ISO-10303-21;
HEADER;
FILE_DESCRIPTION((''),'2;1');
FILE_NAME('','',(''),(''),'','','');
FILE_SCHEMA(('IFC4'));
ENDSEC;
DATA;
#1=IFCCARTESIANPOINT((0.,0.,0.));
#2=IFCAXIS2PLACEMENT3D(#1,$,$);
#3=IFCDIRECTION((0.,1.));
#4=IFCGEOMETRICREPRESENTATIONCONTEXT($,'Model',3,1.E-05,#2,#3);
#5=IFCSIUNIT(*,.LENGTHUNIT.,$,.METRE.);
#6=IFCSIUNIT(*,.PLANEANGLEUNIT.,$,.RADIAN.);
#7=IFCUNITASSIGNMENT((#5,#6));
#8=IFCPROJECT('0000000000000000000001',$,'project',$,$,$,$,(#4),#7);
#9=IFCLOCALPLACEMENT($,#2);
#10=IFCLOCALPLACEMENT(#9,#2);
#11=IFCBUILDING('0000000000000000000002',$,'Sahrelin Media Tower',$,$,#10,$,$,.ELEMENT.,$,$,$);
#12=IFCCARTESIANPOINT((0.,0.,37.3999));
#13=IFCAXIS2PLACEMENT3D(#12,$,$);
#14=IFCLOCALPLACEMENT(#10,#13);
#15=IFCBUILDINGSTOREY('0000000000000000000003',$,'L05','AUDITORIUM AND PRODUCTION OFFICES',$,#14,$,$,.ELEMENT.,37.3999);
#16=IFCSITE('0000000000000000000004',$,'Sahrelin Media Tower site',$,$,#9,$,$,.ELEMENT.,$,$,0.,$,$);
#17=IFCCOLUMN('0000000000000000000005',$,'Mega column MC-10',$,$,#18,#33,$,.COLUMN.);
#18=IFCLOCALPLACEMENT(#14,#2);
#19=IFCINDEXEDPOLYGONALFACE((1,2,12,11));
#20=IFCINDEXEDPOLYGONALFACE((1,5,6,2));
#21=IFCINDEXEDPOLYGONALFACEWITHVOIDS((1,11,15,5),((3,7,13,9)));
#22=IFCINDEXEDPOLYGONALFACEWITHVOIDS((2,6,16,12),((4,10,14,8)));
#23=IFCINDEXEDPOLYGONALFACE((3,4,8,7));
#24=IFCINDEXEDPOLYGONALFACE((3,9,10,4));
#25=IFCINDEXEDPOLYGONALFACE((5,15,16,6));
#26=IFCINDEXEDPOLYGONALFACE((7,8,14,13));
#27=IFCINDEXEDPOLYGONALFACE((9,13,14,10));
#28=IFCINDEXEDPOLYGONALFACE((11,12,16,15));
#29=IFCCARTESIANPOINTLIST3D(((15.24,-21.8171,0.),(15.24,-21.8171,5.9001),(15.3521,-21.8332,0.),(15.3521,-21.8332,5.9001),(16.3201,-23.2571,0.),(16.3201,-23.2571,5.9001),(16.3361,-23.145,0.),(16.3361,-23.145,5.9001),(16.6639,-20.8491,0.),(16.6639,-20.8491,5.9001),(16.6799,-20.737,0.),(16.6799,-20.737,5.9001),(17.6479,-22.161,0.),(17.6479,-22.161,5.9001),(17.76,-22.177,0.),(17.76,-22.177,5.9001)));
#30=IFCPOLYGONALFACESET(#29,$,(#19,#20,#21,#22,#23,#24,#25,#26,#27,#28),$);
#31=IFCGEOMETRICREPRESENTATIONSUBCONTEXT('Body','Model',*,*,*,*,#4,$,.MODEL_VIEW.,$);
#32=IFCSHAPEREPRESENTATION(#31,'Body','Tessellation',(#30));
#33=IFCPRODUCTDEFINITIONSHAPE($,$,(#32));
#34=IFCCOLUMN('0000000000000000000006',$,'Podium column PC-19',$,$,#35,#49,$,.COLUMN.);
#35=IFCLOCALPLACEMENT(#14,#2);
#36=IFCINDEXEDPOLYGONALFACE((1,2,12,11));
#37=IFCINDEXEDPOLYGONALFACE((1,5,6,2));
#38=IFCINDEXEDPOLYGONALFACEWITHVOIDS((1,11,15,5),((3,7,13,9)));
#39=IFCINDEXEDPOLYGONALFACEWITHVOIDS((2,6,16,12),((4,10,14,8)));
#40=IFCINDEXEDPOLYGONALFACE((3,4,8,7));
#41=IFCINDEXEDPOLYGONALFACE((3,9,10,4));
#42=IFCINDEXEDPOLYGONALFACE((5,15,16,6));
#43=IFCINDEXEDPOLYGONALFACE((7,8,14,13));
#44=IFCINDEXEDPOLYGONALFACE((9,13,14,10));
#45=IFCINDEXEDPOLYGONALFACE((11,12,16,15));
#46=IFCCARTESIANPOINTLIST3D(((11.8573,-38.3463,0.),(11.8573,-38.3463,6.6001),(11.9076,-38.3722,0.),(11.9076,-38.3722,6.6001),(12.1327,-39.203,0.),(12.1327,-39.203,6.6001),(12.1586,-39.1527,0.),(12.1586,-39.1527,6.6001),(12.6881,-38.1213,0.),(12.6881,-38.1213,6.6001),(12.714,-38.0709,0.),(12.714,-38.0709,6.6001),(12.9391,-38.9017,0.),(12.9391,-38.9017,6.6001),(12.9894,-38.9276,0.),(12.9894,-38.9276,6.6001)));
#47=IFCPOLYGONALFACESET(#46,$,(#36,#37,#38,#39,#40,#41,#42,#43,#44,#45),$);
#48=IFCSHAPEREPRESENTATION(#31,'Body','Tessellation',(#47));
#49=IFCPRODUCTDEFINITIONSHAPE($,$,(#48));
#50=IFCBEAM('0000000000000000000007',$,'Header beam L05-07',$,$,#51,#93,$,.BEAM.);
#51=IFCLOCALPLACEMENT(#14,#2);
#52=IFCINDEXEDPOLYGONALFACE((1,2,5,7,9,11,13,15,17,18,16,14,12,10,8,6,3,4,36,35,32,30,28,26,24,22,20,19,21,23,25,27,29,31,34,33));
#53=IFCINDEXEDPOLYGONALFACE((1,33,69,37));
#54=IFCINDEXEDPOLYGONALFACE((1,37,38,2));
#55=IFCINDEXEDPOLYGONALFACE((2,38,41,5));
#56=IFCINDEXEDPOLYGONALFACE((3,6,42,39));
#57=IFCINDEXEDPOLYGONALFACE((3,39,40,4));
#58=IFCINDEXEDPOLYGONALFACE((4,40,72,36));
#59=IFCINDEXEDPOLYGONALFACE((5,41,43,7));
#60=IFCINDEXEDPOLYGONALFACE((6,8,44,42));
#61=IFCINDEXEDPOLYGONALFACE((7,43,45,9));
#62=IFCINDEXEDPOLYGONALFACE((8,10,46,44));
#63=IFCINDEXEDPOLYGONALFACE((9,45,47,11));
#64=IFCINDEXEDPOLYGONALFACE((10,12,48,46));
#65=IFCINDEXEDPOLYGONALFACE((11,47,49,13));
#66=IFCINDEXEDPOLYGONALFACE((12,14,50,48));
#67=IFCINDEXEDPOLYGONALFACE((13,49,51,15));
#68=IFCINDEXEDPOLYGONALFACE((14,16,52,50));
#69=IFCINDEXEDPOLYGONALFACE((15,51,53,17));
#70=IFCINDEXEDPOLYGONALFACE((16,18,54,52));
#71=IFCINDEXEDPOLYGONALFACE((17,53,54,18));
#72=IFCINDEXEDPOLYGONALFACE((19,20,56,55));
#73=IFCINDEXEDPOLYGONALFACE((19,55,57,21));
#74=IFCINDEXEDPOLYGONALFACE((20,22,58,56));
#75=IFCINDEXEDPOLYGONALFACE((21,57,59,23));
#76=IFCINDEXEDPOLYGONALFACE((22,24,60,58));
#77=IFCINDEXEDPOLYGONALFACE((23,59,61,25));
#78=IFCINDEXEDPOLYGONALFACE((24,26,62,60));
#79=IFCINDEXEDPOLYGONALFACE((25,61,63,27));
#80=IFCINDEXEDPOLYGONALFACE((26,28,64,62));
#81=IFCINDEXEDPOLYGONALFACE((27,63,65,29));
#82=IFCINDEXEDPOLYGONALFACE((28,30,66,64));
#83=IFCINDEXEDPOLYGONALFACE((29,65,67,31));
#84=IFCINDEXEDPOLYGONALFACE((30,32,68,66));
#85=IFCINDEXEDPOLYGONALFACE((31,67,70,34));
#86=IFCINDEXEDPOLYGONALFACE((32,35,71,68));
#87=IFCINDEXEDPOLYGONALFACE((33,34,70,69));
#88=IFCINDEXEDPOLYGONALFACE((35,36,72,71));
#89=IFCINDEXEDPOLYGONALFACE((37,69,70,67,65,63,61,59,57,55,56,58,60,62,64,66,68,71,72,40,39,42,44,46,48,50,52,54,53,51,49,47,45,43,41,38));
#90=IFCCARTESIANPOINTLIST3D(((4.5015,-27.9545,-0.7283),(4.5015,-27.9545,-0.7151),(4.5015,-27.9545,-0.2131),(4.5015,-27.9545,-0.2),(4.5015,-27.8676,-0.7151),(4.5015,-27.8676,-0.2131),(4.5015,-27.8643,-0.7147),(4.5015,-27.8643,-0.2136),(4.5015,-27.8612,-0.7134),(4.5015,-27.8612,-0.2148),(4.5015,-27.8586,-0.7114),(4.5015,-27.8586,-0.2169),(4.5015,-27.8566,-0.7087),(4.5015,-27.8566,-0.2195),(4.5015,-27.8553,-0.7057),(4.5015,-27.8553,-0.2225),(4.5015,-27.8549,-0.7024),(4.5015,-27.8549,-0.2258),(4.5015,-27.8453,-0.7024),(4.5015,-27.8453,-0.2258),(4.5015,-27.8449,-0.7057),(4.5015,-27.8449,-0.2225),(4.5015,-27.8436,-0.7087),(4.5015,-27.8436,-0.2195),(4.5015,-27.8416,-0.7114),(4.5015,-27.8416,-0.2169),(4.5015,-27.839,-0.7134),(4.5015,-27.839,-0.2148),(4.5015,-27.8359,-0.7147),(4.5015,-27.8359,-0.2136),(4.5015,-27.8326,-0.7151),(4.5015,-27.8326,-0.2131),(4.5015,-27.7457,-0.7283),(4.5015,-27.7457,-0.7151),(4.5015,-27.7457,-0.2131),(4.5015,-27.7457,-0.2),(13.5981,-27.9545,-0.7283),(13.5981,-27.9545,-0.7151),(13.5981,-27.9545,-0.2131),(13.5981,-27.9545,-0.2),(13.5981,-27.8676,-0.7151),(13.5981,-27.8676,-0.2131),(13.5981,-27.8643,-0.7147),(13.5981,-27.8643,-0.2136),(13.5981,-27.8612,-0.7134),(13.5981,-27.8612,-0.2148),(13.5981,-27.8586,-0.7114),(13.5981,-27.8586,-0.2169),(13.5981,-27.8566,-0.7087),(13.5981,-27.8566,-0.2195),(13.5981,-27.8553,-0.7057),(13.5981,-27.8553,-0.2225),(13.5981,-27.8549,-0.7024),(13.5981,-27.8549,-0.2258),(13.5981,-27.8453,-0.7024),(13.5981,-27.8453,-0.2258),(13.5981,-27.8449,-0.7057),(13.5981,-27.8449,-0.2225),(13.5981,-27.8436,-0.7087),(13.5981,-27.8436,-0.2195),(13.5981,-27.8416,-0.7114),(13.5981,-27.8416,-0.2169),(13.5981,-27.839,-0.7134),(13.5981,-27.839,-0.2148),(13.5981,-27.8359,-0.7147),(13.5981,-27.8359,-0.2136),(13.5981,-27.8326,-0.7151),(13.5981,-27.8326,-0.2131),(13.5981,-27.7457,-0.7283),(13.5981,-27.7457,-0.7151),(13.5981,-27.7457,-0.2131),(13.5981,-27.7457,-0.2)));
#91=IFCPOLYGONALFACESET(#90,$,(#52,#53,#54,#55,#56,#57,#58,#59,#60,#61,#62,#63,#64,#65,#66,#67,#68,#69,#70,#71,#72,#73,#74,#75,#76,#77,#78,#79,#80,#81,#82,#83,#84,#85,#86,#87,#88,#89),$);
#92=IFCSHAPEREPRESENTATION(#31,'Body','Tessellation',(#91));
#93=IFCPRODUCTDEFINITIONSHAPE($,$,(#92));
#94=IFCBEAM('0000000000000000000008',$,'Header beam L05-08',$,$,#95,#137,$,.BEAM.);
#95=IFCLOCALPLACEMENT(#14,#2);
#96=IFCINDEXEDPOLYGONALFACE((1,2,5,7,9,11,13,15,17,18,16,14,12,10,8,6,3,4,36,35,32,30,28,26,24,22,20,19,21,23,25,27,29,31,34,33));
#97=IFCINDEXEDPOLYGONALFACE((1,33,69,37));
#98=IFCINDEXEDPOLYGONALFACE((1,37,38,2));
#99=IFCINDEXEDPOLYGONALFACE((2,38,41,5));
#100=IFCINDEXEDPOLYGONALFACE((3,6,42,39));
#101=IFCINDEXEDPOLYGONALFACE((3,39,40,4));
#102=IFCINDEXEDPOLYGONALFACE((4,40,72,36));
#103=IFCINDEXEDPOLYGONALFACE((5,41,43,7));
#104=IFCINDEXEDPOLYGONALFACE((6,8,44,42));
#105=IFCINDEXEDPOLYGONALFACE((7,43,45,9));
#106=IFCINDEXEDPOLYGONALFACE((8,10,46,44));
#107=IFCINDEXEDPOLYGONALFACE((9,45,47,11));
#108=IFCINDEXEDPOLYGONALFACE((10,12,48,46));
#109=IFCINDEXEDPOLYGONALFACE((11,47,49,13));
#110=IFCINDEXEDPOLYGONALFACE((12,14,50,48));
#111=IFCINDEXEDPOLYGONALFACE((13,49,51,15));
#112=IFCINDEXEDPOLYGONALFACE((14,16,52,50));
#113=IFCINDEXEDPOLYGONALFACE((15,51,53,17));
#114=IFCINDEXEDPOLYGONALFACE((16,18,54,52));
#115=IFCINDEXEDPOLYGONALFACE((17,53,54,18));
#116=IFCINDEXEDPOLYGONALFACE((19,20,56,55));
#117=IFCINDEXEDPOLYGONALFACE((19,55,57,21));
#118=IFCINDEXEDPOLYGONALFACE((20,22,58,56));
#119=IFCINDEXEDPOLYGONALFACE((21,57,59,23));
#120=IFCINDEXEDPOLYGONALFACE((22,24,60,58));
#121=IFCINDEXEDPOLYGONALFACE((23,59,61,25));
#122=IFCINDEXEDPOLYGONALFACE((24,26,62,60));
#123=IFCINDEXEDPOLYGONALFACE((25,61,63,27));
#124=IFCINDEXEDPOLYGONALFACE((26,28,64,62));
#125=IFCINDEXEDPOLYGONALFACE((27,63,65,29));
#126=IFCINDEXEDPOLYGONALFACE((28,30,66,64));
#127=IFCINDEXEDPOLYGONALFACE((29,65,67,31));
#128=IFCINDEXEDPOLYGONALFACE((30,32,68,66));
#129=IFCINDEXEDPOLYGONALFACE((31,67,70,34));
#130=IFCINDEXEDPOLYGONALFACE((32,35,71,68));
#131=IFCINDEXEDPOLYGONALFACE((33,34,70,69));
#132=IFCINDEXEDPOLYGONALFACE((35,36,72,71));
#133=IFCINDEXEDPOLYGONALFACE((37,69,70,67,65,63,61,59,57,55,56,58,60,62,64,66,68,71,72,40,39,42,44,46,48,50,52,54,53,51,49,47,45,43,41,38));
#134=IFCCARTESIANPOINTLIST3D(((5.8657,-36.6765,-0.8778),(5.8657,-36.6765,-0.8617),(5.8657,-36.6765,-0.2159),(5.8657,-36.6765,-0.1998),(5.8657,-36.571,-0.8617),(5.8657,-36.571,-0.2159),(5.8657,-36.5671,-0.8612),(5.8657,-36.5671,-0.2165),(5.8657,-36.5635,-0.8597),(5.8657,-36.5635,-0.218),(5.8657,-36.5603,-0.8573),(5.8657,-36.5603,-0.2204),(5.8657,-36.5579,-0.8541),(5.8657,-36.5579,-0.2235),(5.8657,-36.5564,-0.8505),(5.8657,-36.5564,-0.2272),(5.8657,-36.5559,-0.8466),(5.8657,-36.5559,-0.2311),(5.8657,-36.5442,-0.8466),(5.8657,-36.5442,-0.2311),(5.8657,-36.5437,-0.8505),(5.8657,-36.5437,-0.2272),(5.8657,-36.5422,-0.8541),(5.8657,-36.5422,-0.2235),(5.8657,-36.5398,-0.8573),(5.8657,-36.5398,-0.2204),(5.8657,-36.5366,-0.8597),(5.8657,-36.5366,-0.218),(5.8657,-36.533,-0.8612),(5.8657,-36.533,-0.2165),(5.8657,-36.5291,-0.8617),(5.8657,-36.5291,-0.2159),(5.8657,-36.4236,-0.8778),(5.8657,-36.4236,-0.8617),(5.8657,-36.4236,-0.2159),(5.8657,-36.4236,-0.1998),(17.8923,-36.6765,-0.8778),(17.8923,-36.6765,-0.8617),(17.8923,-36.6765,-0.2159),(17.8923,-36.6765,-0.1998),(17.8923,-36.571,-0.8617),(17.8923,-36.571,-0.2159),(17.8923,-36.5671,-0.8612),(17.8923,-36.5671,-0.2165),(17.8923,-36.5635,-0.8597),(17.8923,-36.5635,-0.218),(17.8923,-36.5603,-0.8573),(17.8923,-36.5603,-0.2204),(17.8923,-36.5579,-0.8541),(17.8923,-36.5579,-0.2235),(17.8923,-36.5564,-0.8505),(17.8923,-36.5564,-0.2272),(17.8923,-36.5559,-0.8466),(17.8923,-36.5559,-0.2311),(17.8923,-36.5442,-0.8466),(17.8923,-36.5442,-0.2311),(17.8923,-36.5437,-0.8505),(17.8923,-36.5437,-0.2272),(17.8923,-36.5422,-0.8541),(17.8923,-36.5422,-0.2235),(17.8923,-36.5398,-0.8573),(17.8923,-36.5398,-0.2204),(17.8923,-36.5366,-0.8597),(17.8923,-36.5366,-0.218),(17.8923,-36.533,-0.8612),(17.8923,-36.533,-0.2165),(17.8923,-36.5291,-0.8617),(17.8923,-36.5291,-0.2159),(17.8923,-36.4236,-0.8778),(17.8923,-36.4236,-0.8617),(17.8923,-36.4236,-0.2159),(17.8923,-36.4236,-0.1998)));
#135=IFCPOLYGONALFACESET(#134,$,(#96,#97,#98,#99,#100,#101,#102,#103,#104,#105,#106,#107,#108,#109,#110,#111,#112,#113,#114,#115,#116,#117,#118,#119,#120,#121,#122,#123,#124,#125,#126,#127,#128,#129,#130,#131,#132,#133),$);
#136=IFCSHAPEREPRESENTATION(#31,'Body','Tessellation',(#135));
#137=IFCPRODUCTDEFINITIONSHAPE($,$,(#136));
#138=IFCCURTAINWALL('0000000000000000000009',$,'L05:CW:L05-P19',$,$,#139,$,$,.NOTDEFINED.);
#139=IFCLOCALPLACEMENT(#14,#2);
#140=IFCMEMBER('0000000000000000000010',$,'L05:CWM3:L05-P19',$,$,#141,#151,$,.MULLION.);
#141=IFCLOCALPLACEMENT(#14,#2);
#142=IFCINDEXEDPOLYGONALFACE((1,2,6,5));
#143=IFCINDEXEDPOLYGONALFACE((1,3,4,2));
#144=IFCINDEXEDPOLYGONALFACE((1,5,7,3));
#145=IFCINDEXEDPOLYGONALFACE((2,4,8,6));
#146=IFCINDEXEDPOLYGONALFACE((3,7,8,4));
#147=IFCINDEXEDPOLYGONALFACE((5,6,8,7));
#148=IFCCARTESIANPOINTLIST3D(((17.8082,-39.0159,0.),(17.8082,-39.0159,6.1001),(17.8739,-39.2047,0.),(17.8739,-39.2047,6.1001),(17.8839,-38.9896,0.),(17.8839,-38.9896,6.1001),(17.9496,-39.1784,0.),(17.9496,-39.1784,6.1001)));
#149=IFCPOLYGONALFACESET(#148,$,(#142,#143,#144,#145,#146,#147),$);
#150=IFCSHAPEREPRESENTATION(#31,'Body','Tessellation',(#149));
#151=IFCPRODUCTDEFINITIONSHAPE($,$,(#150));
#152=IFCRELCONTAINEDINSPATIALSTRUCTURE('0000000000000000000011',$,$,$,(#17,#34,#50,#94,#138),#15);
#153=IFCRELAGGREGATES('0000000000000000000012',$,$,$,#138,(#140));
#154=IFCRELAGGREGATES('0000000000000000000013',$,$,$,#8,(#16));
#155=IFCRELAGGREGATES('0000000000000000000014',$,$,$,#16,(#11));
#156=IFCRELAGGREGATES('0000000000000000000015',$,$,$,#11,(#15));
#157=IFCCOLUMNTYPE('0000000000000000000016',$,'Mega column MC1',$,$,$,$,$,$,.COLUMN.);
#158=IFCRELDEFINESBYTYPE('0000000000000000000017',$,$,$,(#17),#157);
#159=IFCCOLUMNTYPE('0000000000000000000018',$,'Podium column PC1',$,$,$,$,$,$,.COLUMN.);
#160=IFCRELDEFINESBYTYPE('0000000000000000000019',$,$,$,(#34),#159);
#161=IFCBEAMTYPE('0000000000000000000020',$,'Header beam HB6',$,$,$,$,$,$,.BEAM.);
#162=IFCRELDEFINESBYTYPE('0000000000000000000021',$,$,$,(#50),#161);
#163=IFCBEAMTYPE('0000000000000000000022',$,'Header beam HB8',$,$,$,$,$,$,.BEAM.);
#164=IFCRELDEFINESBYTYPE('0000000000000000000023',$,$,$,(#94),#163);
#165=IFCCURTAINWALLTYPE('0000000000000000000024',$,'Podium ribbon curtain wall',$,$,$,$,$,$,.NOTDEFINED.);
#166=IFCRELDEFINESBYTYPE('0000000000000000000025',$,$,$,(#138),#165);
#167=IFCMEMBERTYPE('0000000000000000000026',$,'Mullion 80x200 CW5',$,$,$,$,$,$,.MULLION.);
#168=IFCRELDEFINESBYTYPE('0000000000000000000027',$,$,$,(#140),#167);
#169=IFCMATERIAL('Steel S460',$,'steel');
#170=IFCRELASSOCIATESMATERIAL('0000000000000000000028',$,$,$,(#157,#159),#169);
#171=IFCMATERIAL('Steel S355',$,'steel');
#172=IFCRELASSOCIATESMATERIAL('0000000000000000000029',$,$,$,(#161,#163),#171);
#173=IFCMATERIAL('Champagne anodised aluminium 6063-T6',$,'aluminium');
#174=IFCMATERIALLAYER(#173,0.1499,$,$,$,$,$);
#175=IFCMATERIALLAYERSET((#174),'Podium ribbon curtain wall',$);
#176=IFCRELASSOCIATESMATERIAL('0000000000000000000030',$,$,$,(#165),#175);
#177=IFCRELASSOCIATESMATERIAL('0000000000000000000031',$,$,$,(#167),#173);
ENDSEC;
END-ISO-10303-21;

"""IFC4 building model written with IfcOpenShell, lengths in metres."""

from ifc_helpers import new_model, si_unit, direction, frame, origin, origin_2d, place, context, subcontext, project, spatial, rectangle, hollow_rectangle, i_section, extrude, material, layer, layer_set, material_profile, profile_set, type_object, element, aggregate, save


model = new_model("IFC4")

# Units and contexts
model_context = context("Model", 3, precision=1e-05, world=origin(), true_north=direction((0.0, 1.0)))
body_context = subcontext(model_context, "Body", "Model", "MODEL_VIEW")
ifc_project = project(units=[si_unit("LENGTHUNIT", "METRE"), si_unit("PLANEANGLEUNIT", "RADIAN")], contexts=[model_context])

# Site, building, storey
site_placement = place(None, origin())
site = spatial("IfcSite", under=ifc_project, at=site_placement, Name="Sahrelin Media Tower site", CompositionType="ELEMENT", RefElevation=0.0)
building_placement = place(site_placement, origin())
building = spatial("IfcBuilding", under=site, at=building_placement, Name="Sahrelin Media Tower", CompositionType="ELEMENT")
storey_placement = place(building_placement, frame((0.0, 0.0, 37.3999)))
storey = spatial("IfcBuildingStorey", under=building, at=storey_placement, Name="L05", Description="AUDITORIUM AND PRODUCTION OFFICES", CompositionType="ELEMENT", Elevation=37.3999)

# Columns
ifc_material_1 = material(Name="Steel S460", Category="steel")
ifc_material_profile_1 = material_profile(ifc_material_1, hollow_rectangle(XDim=1.8, YDim=1.8, WallThickness=0.0801, at=origin_2d()), Name="Mega column MC1")
ifc_profile_set_1 = profile_set([ifc_material_profile_1], Name="Steel S460")
column_type_1 = type_object("IfcColumnType", Name="Mega column MC1", PredefinedType="COLUMN", material=ifc_profile_set_1)
column_1_placement = place(storey_placement, frame((16.5, -21.9971, 0.0), z_axis=(0.0, 0.0, 1.0), x_axis=(0.600052, -0.799961, 0.0)))
element("IfcColumn", 1, at=column_1_placement, inside=storey, type_object=column_type_1, Name="Mega column MC-10", PredefinedType="COLUMN", context=body_context, shape_type="SweptSolid", body=[
    extrude(hollow_rectangle(XDim=1.8, YDim=1.8, WallThickness=0.0801, at=origin_2d()), origin(), (0.0, 0.0, 1.0), 5.9001),
])
ifc_material_profile_2 = material_profile(ifc_material_1, hollow_rectangle(XDim=0.8999, YDim=0.8999, WallThickness=0.04, at=origin_2d()), Name="Podium column PC1")
ifc_profile_set_2 = profile_set([ifc_material_profile_2], Name="Steel S460")
column_type_2 = type_object("IfcColumnType", Name="Podium column PC1", PredefinedType="COLUMN", material=ifc_profile_set_2)
column_2_placement = place(storey_placement, frame((12.4233, -38.637, 0.0), z_axis=(0.0, 0.0, 1.0), x_axis=(0.306104, -0.951998, 0.0)))
element("IfcColumn", 2, at=column_2_placement, inside=storey, type_object=column_type_2, Name="Podium column PC-19", PredefinedType="COLUMN", context=body_context, shape_type="SweptSolid", body=[
    extrude(hollow_rectangle(XDim=0.8999, YDim=0.8999, WallThickness=0.04, at=origin_2d()), origin(), (0.0, 0.0, 1.0), 6.6001),
])

# Beams
ifc_material_2 = material(Name="Steel S355", Category="steel")
ifc_material_profile_3 = material_profile(ifc_material_2, i_section(OverallWidth=0.2087, OverallDepth=0.5283, WebThickness=0.0095, FlangeThickness=0.0132, FilletRadius=0.0127, at=origin_2d()), Name="UB 533x210x82")
ifc_profile_set_3 = profile_set([ifc_material_profile_3], Name="Steel S355")
beam_type_1 = type_object("IfcBeamType", Name="Header beam HB6", PredefinedType="BEAM", material=ifc_profile_set_3)
beam_1_placement = place(storey_placement, frame((4.5015, -27.8501, -0.4641), z_axis=(1.0, 0.0, 0.0), x_axis=(0.0, 1.0, 0.0)))
element("IfcBeam", 3, at=beam_1_placement, inside=storey, type_object=beam_type_1, Name="Header beam L05-07", PredefinedType="BEAM", context=body_context, shape_type="SweptSolid", body=[
    extrude(i_section(OverallWidth=0.2087, OverallDepth=0.5283, WebThickness=0.0095, FlangeThickness=0.0132, FilletRadius=0.0127, at=origin_2d()), origin(), (0.0, 0.0, 1.0), 9.0967),
])
ifc_material_profile_4 = material_profile(ifc_material_2, i_section(OverallWidth=0.2529, OverallDepth=0.678, WebThickness=0.0117, FlangeThickness=0.0161, FilletRadius=0.0151, at=origin_2d()), Name="UB 686x254x125")
ifc_profile_set_4 = profile_set([ifc_material_profile_4], Name="Steel S355")
beam_type_2 = type_object("IfcBeamType", Name="Header beam HB8", PredefinedType="BEAM", material=ifc_profile_set_4)
beam_2_placement = place(storey_placement, frame((17.8923, -36.55, -0.5388), z_axis=(-1.0, 0.0, 0.0), x_axis=(0.0, -1.0, 0.0)))
element("IfcBeam", 4, at=beam_2_placement, inside=storey, type_object=beam_type_2, Name="Header beam L05-08", PredefinedType="BEAM", context=body_context, shape_type="SweptSolid", body=[
    extrude(i_section(OverallWidth=0.2529, OverallDepth=0.678, WebThickness=0.0117, FlangeThickness=0.0161, FilletRadius=0.0151, at=origin_2d()), origin(), (0.0, 0.0, 1.0), 12.0266),
])

# Curtain wall, member
ifc_material_3 = material(Name="Champagne anodised aluminium 6063-T6", Category="aluminium")
ifc_layer_1 = layer(ifc_material_3, 0.1499)
ifc_layer_set_1 = layer_set([ifc_layer_1], Name="Podium ribbon curtain wall")
curtain_wall_type = type_object("IfcCurtainWallType", Name="Podium ribbon curtain wall", PredefinedType="NOTDEFINED", material=ifc_layer_set_1)
curtain_wall_placement = place(storey_placement, frame((12.9409, -40.5688, 0.0), z_axis=(0.0, 0.0, 1.0), x_axis=(1.0, 0.0, 0.0)))
curtain_wall = element("IfcCurtainWall", 5, at=curtain_wall_placement, inside=storey, type_object=curtain_wall_type, Name="L05:CW:L05-P19", PredefinedType="NOTDEFINED")
ifc_material_profile_5 = material_profile(ifc_material_3, rectangle(XDim=0.0801, YDim=0.2, at=origin_2d()), Name="Mullion 80x200")
ifc_profile_set_5 = profile_set([ifc_material_profile_5], Name="Champagne anodised aluminium 6063-T6")
member_type_1 = type_object("IfcMemberType", Name="Mullion 80x200 CW5", PredefinedType="MULLION", material=ifc_profile_set_5)
member_1_placement = place(storey_placement, frame((17.8789, -39.0972, 0.0), z_axis=(0.0, 0.0, 1.0), x_axis=(0.944458, 0.328631, 0.0)))
member_1 = element("IfcMember", 6, at=member_1_placement, type_object=member_type_1, Name="L05:CWM3:L05-P19", PredefinedType="MULLION", context=body_context, shape_type="SweptSolid", body=[
    extrude(rectangle(XDim=0.0801, YDim=0.2, at=origin_2d()), origin(), (0.0, 0.0, 1.0), 6.1001),
])

aggregate(curtain_wall, [member_1])

save(model, "model.ifc")
